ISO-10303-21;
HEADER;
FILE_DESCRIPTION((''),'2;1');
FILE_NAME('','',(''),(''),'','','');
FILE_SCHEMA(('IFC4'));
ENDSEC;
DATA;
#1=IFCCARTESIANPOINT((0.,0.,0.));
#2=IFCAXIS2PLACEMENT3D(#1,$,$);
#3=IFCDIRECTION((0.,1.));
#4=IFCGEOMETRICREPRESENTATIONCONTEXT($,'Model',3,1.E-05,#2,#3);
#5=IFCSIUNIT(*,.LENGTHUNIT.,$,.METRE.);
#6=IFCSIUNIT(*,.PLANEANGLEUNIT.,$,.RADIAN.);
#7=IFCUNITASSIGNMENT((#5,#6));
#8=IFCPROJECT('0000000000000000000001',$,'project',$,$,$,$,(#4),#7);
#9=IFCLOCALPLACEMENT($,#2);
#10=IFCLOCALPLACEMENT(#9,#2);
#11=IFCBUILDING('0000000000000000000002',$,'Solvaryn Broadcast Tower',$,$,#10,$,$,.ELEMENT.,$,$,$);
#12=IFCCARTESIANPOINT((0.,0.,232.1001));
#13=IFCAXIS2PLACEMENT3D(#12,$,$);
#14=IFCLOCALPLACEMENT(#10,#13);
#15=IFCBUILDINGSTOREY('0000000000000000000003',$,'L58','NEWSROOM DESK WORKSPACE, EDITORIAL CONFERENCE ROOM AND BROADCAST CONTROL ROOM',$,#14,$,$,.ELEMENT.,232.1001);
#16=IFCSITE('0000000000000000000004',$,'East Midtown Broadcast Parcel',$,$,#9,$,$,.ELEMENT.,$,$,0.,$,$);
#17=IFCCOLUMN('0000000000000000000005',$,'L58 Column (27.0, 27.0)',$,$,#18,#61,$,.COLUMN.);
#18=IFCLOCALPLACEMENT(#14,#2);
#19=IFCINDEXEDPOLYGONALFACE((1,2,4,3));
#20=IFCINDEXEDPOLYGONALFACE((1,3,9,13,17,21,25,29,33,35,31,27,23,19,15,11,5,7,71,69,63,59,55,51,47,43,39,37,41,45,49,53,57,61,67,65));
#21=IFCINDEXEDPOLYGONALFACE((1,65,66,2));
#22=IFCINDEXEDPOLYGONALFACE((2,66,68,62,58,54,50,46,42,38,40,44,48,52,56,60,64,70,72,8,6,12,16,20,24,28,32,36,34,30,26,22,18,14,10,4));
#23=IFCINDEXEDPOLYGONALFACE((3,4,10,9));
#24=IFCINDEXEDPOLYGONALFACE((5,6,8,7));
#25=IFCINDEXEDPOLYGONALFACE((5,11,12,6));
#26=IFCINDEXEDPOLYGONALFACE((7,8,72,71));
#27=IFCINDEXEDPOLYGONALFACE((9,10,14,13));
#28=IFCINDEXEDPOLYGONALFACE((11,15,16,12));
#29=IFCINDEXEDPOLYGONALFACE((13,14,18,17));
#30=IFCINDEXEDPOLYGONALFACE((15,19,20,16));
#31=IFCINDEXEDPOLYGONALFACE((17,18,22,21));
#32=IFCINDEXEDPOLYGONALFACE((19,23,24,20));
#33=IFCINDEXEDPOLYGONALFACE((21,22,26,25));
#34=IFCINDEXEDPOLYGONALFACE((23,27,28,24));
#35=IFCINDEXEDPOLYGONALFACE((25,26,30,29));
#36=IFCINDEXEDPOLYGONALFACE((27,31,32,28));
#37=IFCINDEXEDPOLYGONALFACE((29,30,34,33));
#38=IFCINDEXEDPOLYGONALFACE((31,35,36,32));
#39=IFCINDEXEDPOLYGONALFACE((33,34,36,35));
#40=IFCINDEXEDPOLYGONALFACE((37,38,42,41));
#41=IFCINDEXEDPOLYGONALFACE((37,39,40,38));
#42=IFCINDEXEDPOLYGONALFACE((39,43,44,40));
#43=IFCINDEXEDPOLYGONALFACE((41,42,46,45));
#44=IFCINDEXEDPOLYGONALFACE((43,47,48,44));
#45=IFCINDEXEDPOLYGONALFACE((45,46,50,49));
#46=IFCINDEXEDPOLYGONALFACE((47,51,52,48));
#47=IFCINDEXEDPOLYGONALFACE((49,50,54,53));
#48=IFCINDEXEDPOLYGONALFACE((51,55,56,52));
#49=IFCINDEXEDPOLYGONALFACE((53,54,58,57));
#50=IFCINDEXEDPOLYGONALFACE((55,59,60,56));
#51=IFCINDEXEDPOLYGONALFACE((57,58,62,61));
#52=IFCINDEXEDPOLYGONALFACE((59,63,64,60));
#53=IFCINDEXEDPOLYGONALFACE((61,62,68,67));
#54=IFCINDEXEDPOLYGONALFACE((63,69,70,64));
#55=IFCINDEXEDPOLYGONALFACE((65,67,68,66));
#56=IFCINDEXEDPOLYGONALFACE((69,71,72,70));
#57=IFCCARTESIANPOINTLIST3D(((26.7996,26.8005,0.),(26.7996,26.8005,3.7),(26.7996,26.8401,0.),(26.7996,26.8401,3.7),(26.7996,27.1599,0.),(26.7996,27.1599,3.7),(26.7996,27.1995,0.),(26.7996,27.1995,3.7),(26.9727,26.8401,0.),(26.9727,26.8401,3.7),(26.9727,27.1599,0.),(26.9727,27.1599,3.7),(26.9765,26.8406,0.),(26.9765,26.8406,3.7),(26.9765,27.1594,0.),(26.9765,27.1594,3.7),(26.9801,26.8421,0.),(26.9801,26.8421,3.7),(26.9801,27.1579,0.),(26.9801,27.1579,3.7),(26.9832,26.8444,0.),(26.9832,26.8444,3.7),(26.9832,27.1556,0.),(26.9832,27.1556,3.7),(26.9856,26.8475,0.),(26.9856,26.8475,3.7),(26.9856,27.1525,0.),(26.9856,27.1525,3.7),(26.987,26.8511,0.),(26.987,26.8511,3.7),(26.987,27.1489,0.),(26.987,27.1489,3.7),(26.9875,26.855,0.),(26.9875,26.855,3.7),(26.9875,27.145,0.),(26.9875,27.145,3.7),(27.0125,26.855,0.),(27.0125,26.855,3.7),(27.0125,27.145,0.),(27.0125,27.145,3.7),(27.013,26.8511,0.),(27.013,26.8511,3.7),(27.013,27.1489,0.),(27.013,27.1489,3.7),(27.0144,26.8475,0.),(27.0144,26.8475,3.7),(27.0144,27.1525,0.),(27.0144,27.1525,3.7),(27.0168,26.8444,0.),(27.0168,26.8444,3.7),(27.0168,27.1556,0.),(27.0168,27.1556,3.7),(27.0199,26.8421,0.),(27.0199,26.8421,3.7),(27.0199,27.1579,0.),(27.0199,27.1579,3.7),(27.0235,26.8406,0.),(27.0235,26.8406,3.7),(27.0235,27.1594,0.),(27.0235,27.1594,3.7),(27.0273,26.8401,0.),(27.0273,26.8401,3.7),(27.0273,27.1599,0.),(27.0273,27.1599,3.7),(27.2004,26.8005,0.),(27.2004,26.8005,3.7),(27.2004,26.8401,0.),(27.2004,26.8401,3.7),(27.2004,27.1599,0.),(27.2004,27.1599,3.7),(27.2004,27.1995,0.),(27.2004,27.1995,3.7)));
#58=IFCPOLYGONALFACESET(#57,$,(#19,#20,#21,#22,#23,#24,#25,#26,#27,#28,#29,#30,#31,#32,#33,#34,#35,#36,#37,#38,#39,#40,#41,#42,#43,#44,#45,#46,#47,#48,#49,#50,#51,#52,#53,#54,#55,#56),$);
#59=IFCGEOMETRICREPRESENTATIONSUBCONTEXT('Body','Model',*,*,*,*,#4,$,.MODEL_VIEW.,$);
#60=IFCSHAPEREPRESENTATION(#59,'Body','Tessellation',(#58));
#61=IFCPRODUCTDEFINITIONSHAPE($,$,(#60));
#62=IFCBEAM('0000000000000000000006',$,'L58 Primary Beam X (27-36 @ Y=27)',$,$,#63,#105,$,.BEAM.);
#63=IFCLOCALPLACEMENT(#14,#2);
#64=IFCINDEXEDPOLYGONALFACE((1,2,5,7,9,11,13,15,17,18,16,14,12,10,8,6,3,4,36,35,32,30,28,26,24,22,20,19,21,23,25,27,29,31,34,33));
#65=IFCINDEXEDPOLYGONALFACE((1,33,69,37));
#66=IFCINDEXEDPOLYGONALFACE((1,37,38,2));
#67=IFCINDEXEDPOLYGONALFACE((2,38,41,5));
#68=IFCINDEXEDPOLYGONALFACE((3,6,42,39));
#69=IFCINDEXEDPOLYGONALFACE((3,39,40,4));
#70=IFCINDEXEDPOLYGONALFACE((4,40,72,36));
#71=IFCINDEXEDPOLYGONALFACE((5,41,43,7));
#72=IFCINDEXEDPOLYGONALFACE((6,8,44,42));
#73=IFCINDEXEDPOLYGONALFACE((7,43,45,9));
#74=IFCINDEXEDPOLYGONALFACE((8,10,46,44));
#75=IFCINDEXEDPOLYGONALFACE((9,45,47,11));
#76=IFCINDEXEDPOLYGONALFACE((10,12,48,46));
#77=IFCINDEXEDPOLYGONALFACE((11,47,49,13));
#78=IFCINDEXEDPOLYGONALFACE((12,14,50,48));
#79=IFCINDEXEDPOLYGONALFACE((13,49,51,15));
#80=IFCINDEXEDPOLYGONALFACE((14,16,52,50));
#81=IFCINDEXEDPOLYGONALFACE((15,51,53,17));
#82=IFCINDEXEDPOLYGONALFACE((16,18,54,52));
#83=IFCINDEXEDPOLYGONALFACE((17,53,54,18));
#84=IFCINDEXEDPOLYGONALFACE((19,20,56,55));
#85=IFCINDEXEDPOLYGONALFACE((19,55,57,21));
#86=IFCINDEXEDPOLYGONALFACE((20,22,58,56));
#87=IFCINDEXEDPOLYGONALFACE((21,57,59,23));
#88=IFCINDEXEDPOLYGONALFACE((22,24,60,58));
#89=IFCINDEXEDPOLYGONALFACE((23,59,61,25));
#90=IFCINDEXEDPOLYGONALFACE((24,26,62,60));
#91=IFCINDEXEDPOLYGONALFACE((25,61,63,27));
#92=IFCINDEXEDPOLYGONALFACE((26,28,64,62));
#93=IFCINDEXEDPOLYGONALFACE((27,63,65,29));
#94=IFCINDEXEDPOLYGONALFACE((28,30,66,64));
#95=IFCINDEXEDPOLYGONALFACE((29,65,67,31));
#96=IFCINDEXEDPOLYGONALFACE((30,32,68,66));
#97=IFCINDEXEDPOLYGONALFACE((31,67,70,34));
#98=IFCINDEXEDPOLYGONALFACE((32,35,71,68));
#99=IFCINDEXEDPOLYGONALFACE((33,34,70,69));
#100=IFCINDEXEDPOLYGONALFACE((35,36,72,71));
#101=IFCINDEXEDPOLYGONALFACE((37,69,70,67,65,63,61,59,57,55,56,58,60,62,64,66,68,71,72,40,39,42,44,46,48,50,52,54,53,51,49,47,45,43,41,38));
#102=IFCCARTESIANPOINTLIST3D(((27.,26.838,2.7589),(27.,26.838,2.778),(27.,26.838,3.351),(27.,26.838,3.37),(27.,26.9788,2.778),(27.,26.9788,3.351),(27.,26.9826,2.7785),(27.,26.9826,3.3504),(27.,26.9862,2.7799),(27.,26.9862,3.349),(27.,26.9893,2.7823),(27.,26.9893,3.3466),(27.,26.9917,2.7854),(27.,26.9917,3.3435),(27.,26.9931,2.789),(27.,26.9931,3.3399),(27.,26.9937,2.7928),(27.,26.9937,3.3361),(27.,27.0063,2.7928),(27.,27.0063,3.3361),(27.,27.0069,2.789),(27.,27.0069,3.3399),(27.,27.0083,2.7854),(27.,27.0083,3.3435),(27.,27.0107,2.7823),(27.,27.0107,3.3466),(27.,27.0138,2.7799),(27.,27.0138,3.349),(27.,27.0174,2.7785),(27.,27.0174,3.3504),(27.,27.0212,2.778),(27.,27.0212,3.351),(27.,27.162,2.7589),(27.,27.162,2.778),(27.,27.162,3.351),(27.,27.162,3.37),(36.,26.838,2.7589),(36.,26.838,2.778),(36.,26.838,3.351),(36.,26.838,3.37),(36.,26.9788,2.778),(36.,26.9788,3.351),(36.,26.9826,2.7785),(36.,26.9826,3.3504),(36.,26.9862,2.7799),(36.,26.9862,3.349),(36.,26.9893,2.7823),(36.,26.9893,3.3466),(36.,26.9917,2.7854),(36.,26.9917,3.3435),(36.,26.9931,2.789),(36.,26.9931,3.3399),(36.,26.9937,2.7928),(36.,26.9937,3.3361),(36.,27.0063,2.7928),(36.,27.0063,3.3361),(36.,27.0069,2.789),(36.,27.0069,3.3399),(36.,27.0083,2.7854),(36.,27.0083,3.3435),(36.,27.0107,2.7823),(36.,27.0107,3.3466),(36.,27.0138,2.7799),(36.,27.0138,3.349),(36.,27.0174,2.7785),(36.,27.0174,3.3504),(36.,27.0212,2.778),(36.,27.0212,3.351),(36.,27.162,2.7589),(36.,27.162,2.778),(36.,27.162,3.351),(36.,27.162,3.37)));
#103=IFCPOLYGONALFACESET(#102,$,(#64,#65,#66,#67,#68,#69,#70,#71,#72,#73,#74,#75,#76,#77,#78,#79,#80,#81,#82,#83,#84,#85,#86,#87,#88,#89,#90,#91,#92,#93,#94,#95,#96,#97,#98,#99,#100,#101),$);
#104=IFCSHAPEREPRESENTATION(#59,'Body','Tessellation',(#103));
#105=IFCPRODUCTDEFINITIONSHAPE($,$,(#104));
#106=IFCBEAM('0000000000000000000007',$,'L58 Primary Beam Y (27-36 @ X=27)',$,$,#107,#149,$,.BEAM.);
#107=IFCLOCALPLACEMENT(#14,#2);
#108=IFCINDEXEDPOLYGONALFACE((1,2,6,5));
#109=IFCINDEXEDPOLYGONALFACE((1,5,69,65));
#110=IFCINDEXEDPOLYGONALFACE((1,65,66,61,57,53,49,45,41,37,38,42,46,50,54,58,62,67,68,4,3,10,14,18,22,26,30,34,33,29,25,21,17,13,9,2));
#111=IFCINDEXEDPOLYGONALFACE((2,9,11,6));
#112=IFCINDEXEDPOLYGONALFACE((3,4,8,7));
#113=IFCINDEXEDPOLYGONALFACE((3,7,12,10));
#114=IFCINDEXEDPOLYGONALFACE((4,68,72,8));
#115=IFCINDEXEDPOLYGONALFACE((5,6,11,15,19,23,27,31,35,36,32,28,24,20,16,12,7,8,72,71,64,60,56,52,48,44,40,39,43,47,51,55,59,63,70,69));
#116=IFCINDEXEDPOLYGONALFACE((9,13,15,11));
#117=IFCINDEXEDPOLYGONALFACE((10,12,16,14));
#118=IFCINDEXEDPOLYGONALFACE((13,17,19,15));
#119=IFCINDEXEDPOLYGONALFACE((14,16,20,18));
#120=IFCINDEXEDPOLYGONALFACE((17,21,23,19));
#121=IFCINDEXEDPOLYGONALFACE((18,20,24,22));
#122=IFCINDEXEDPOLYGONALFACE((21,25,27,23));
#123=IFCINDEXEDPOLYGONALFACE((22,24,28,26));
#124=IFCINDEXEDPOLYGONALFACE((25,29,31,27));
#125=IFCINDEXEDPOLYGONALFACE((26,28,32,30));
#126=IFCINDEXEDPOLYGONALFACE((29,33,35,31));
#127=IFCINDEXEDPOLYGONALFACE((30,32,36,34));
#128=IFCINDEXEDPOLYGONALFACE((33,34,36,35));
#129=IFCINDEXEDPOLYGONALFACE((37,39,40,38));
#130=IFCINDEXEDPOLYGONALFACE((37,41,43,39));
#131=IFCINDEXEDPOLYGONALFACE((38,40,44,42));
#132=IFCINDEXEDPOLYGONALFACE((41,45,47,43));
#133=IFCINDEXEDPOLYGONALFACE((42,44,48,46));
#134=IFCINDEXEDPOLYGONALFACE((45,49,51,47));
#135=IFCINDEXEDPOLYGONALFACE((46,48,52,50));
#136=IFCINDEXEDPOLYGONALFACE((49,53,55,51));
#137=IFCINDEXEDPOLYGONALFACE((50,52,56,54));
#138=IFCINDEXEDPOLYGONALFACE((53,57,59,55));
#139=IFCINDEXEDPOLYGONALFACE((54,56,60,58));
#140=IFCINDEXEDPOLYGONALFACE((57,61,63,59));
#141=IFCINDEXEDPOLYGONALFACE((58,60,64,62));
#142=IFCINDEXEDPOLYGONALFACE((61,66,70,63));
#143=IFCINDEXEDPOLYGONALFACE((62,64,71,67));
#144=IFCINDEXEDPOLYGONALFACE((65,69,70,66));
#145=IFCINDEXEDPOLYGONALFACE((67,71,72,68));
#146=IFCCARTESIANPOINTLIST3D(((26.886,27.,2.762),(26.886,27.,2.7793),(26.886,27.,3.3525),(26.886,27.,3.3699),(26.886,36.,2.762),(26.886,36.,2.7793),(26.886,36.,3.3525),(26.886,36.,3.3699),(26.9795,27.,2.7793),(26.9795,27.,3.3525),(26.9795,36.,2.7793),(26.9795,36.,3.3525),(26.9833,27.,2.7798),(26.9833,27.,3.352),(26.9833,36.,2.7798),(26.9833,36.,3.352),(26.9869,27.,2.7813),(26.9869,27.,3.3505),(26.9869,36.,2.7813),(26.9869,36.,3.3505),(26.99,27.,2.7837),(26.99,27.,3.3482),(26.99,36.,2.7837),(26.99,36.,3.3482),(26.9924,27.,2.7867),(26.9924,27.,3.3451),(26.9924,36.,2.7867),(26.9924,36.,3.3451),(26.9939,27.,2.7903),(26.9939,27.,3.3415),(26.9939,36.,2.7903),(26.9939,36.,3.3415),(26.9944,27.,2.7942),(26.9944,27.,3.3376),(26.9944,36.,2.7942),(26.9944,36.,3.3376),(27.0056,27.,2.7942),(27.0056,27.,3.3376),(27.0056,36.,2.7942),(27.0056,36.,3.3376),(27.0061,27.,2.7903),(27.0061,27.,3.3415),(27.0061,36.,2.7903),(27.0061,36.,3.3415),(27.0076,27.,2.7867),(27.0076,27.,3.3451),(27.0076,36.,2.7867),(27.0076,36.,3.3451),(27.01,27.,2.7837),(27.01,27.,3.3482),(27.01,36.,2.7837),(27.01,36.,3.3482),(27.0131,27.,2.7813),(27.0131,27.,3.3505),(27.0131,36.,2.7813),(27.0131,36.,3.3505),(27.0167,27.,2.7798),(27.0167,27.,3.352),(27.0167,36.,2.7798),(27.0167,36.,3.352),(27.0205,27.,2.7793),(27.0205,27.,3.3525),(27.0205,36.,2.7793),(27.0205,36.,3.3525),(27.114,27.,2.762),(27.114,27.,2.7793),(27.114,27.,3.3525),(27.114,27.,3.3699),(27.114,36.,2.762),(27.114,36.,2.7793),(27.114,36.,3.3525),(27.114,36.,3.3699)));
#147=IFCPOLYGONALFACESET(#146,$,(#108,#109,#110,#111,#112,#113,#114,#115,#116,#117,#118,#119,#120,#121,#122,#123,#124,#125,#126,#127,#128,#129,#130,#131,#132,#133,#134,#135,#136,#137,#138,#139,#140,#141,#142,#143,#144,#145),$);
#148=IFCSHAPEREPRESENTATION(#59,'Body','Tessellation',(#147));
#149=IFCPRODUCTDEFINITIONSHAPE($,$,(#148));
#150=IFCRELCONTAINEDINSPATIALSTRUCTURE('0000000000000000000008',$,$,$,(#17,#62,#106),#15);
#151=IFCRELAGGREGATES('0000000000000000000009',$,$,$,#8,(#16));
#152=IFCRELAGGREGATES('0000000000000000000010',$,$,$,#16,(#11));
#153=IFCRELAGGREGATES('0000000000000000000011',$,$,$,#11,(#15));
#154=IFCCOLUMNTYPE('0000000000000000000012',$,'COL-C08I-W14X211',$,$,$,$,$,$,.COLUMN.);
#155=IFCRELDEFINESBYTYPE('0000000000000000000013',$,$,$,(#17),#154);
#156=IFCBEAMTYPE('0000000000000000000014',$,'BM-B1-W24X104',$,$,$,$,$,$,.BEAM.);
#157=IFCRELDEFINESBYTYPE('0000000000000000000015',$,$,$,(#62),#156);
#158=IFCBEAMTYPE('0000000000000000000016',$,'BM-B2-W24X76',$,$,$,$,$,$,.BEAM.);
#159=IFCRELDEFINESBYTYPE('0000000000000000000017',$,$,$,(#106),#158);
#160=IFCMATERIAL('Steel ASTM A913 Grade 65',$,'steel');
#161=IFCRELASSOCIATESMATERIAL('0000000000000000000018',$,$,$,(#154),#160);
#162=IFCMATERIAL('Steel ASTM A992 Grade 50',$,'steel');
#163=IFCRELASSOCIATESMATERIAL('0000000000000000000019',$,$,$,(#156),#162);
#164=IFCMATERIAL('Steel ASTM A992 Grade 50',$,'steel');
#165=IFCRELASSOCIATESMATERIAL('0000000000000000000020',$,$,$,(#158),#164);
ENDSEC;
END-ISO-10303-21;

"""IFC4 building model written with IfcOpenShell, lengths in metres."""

from ifc_helpers import new_model, si_unit, direction, frame, origin, origin_2d, place, context, subcontext, project, spatial, i_section, extrude, material, material_profile, profile_set, type_object, element, save


model = new_model("IFC4")

# Units and contexts
model_context = context("Model", 3, precision=1e-05, world=origin(), true_north=direction((0.0, 1.0)))
body_context = subcontext(model_context, "Body", "Model", "MODEL_VIEW")
ifc_project = project(units=[si_unit("LENGTHUNIT", "METRE"), si_unit("PLANEANGLEUNIT", "RADIAN")], contexts=[model_context])

# Site, building, storey
site_placement = place(None, origin())
site = spatial("IfcSite", under=ifc_project, at=site_placement, Name="East Midtown Broadcast Parcel", CompositionType="ELEMENT", RefElevation=0.0)
building_placement = place(site_placement, origin())
building = spatial("IfcBuilding", under=site, at=building_placement, Name="Solvaryn Broadcast Tower", CompositionType="ELEMENT")
storey_placement = place(building_placement, frame((0.0, 0.0, 232.1001)))
storey = spatial("IfcBuildingStorey", under=building, at=storey_placement, Name="L58", Description="NEWSROOM DESK WORKSPACE, EDITORIAL CONFERENCE ROOM AND BROADCAST CONTROL ROOM", CompositionType="ELEMENT", Elevation=232.1001)

# Column
ifc_material_1 = material(Name="Steel ASTM A913 Grade 65", Category="steel")
ifc_material_profile_1 = material_profile(ifc_material_1, i_section(OverallWidth=0.4009, OverallDepth=0.3989, WebThickness=0.0249, FlangeThickness=0.0396, FilletRadius=0.0149, at=origin_2d()))
ifc_profile_set_1 = profile_set([ifc_material_profile_1], Name="Steel ASTM A913 Grade 65")
column_type = type_object("IfcColumnType", Name="COL-C08I-W14X211", PredefinedType="COLUMN", material=ifc_profile_set_1)
column_placement = place(storey_placement, frame((27.0, 27.0, 0.0), z_axis=(0.0, 0.0, 1.0), x_axis=(1.0, 0.0, 0.0)))
element("IfcColumn", 1, at=column_placement, inside=storey, type_object=column_type, Name="L58 Column (27.0, 27.0)", PredefinedType="COLUMN", context=body_context, shape_type="SweptSolid", body=[
    extrude(i_section(OverallWidth=0.4009, OverallDepth=0.3989, WebThickness=0.0249, FlangeThickness=0.0396, FilletRadius=0.0149, at=origin_2d()), origin(), (0.0, 0.0, 1.0), 3.7),
])

# Beams
ifc_material_2 = material(Name="Steel ASTM A992 Grade 50", Category="steel")
ifc_material_profile_2 = material_profile(ifc_material_2, i_section(OverallWidth=0.324, OverallDepth=0.6111, WebThickness=0.0127, FlangeThickness=0.019, FilletRadius=0.0149, at=origin_2d()))
ifc_profile_set_2 = profile_set([ifc_material_profile_2], Name="Steel ASTM A992 Grade 50")
beam_type_1 = type_object("IfcBeamType", Name="BM-B1-W24X104", PredefinedType="BEAM", material=ifc_profile_set_2)
beam_1_placement = place(storey_placement, frame((27.0, 27.0, 3.0645), z_axis=(1.0, 0.0, 0.0), x_axis=(0.0, 1.0, 0.0)))
element("IfcBeam", 2, at=beam_1_placement, inside=storey, type_object=beam_type_1, Name="L58 Primary Beam X (27-36 @ Y=27)", PredefinedType="BEAM", context=body_context, shape_type="SweptSolid", body=[
    extrude(i_section(OverallWidth=0.324, OverallDepth=0.6111, WebThickness=0.0127, FlangeThickness=0.019, FilletRadius=0.0149, at=origin_2d()), origin(), (0.0, 0.0, 1.0), 9.0),
])
ifc_material_3 = material(Name="Steel ASTM A992 Grade 50", Category="steel")
ifc_material_profile_3 = material_profile(ifc_material_3, i_section(OverallWidth=0.228, OverallDepth=0.6079, WebThickness=0.0112, FlangeThickness=0.0173, FilletRadius=0.0149, at=origin_2d()))
ifc_profile_set_3 = profile_set([ifc_material_profile_3], Name="Steel ASTM A992 Grade 50")
beam_type_2 = type_object("IfcBeamType", Name="BM-B2-W24X76", PredefinedType="BEAM", material=ifc_profile_set_3)
beam_2_placement = place(storey_placement, frame((27.0, 27.0, 3.0659), z_axis=(0.0, 1.0, 0.0), x_axis=(-1.0, 0.0, 0.0)))
element("IfcBeam", 3, at=beam_2_placement, inside=storey, type_object=beam_type_2, Name="L58 Primary Beam Y (27-36 @ X=27)", PredefinedType="BEAM", context=body_context, shape_type="SweptSolid", body=[
    extrude(i_section(OverallWidth=0.228, OverallDepth=0.6079, WebThickness=0.0112, FlangeThickness=0.0173, FilletRadius=0.0149, at=origin_2d()), origin(), (0.0, 0.0, 1.0), 9.0),
])

save(model, "model.ifc")
